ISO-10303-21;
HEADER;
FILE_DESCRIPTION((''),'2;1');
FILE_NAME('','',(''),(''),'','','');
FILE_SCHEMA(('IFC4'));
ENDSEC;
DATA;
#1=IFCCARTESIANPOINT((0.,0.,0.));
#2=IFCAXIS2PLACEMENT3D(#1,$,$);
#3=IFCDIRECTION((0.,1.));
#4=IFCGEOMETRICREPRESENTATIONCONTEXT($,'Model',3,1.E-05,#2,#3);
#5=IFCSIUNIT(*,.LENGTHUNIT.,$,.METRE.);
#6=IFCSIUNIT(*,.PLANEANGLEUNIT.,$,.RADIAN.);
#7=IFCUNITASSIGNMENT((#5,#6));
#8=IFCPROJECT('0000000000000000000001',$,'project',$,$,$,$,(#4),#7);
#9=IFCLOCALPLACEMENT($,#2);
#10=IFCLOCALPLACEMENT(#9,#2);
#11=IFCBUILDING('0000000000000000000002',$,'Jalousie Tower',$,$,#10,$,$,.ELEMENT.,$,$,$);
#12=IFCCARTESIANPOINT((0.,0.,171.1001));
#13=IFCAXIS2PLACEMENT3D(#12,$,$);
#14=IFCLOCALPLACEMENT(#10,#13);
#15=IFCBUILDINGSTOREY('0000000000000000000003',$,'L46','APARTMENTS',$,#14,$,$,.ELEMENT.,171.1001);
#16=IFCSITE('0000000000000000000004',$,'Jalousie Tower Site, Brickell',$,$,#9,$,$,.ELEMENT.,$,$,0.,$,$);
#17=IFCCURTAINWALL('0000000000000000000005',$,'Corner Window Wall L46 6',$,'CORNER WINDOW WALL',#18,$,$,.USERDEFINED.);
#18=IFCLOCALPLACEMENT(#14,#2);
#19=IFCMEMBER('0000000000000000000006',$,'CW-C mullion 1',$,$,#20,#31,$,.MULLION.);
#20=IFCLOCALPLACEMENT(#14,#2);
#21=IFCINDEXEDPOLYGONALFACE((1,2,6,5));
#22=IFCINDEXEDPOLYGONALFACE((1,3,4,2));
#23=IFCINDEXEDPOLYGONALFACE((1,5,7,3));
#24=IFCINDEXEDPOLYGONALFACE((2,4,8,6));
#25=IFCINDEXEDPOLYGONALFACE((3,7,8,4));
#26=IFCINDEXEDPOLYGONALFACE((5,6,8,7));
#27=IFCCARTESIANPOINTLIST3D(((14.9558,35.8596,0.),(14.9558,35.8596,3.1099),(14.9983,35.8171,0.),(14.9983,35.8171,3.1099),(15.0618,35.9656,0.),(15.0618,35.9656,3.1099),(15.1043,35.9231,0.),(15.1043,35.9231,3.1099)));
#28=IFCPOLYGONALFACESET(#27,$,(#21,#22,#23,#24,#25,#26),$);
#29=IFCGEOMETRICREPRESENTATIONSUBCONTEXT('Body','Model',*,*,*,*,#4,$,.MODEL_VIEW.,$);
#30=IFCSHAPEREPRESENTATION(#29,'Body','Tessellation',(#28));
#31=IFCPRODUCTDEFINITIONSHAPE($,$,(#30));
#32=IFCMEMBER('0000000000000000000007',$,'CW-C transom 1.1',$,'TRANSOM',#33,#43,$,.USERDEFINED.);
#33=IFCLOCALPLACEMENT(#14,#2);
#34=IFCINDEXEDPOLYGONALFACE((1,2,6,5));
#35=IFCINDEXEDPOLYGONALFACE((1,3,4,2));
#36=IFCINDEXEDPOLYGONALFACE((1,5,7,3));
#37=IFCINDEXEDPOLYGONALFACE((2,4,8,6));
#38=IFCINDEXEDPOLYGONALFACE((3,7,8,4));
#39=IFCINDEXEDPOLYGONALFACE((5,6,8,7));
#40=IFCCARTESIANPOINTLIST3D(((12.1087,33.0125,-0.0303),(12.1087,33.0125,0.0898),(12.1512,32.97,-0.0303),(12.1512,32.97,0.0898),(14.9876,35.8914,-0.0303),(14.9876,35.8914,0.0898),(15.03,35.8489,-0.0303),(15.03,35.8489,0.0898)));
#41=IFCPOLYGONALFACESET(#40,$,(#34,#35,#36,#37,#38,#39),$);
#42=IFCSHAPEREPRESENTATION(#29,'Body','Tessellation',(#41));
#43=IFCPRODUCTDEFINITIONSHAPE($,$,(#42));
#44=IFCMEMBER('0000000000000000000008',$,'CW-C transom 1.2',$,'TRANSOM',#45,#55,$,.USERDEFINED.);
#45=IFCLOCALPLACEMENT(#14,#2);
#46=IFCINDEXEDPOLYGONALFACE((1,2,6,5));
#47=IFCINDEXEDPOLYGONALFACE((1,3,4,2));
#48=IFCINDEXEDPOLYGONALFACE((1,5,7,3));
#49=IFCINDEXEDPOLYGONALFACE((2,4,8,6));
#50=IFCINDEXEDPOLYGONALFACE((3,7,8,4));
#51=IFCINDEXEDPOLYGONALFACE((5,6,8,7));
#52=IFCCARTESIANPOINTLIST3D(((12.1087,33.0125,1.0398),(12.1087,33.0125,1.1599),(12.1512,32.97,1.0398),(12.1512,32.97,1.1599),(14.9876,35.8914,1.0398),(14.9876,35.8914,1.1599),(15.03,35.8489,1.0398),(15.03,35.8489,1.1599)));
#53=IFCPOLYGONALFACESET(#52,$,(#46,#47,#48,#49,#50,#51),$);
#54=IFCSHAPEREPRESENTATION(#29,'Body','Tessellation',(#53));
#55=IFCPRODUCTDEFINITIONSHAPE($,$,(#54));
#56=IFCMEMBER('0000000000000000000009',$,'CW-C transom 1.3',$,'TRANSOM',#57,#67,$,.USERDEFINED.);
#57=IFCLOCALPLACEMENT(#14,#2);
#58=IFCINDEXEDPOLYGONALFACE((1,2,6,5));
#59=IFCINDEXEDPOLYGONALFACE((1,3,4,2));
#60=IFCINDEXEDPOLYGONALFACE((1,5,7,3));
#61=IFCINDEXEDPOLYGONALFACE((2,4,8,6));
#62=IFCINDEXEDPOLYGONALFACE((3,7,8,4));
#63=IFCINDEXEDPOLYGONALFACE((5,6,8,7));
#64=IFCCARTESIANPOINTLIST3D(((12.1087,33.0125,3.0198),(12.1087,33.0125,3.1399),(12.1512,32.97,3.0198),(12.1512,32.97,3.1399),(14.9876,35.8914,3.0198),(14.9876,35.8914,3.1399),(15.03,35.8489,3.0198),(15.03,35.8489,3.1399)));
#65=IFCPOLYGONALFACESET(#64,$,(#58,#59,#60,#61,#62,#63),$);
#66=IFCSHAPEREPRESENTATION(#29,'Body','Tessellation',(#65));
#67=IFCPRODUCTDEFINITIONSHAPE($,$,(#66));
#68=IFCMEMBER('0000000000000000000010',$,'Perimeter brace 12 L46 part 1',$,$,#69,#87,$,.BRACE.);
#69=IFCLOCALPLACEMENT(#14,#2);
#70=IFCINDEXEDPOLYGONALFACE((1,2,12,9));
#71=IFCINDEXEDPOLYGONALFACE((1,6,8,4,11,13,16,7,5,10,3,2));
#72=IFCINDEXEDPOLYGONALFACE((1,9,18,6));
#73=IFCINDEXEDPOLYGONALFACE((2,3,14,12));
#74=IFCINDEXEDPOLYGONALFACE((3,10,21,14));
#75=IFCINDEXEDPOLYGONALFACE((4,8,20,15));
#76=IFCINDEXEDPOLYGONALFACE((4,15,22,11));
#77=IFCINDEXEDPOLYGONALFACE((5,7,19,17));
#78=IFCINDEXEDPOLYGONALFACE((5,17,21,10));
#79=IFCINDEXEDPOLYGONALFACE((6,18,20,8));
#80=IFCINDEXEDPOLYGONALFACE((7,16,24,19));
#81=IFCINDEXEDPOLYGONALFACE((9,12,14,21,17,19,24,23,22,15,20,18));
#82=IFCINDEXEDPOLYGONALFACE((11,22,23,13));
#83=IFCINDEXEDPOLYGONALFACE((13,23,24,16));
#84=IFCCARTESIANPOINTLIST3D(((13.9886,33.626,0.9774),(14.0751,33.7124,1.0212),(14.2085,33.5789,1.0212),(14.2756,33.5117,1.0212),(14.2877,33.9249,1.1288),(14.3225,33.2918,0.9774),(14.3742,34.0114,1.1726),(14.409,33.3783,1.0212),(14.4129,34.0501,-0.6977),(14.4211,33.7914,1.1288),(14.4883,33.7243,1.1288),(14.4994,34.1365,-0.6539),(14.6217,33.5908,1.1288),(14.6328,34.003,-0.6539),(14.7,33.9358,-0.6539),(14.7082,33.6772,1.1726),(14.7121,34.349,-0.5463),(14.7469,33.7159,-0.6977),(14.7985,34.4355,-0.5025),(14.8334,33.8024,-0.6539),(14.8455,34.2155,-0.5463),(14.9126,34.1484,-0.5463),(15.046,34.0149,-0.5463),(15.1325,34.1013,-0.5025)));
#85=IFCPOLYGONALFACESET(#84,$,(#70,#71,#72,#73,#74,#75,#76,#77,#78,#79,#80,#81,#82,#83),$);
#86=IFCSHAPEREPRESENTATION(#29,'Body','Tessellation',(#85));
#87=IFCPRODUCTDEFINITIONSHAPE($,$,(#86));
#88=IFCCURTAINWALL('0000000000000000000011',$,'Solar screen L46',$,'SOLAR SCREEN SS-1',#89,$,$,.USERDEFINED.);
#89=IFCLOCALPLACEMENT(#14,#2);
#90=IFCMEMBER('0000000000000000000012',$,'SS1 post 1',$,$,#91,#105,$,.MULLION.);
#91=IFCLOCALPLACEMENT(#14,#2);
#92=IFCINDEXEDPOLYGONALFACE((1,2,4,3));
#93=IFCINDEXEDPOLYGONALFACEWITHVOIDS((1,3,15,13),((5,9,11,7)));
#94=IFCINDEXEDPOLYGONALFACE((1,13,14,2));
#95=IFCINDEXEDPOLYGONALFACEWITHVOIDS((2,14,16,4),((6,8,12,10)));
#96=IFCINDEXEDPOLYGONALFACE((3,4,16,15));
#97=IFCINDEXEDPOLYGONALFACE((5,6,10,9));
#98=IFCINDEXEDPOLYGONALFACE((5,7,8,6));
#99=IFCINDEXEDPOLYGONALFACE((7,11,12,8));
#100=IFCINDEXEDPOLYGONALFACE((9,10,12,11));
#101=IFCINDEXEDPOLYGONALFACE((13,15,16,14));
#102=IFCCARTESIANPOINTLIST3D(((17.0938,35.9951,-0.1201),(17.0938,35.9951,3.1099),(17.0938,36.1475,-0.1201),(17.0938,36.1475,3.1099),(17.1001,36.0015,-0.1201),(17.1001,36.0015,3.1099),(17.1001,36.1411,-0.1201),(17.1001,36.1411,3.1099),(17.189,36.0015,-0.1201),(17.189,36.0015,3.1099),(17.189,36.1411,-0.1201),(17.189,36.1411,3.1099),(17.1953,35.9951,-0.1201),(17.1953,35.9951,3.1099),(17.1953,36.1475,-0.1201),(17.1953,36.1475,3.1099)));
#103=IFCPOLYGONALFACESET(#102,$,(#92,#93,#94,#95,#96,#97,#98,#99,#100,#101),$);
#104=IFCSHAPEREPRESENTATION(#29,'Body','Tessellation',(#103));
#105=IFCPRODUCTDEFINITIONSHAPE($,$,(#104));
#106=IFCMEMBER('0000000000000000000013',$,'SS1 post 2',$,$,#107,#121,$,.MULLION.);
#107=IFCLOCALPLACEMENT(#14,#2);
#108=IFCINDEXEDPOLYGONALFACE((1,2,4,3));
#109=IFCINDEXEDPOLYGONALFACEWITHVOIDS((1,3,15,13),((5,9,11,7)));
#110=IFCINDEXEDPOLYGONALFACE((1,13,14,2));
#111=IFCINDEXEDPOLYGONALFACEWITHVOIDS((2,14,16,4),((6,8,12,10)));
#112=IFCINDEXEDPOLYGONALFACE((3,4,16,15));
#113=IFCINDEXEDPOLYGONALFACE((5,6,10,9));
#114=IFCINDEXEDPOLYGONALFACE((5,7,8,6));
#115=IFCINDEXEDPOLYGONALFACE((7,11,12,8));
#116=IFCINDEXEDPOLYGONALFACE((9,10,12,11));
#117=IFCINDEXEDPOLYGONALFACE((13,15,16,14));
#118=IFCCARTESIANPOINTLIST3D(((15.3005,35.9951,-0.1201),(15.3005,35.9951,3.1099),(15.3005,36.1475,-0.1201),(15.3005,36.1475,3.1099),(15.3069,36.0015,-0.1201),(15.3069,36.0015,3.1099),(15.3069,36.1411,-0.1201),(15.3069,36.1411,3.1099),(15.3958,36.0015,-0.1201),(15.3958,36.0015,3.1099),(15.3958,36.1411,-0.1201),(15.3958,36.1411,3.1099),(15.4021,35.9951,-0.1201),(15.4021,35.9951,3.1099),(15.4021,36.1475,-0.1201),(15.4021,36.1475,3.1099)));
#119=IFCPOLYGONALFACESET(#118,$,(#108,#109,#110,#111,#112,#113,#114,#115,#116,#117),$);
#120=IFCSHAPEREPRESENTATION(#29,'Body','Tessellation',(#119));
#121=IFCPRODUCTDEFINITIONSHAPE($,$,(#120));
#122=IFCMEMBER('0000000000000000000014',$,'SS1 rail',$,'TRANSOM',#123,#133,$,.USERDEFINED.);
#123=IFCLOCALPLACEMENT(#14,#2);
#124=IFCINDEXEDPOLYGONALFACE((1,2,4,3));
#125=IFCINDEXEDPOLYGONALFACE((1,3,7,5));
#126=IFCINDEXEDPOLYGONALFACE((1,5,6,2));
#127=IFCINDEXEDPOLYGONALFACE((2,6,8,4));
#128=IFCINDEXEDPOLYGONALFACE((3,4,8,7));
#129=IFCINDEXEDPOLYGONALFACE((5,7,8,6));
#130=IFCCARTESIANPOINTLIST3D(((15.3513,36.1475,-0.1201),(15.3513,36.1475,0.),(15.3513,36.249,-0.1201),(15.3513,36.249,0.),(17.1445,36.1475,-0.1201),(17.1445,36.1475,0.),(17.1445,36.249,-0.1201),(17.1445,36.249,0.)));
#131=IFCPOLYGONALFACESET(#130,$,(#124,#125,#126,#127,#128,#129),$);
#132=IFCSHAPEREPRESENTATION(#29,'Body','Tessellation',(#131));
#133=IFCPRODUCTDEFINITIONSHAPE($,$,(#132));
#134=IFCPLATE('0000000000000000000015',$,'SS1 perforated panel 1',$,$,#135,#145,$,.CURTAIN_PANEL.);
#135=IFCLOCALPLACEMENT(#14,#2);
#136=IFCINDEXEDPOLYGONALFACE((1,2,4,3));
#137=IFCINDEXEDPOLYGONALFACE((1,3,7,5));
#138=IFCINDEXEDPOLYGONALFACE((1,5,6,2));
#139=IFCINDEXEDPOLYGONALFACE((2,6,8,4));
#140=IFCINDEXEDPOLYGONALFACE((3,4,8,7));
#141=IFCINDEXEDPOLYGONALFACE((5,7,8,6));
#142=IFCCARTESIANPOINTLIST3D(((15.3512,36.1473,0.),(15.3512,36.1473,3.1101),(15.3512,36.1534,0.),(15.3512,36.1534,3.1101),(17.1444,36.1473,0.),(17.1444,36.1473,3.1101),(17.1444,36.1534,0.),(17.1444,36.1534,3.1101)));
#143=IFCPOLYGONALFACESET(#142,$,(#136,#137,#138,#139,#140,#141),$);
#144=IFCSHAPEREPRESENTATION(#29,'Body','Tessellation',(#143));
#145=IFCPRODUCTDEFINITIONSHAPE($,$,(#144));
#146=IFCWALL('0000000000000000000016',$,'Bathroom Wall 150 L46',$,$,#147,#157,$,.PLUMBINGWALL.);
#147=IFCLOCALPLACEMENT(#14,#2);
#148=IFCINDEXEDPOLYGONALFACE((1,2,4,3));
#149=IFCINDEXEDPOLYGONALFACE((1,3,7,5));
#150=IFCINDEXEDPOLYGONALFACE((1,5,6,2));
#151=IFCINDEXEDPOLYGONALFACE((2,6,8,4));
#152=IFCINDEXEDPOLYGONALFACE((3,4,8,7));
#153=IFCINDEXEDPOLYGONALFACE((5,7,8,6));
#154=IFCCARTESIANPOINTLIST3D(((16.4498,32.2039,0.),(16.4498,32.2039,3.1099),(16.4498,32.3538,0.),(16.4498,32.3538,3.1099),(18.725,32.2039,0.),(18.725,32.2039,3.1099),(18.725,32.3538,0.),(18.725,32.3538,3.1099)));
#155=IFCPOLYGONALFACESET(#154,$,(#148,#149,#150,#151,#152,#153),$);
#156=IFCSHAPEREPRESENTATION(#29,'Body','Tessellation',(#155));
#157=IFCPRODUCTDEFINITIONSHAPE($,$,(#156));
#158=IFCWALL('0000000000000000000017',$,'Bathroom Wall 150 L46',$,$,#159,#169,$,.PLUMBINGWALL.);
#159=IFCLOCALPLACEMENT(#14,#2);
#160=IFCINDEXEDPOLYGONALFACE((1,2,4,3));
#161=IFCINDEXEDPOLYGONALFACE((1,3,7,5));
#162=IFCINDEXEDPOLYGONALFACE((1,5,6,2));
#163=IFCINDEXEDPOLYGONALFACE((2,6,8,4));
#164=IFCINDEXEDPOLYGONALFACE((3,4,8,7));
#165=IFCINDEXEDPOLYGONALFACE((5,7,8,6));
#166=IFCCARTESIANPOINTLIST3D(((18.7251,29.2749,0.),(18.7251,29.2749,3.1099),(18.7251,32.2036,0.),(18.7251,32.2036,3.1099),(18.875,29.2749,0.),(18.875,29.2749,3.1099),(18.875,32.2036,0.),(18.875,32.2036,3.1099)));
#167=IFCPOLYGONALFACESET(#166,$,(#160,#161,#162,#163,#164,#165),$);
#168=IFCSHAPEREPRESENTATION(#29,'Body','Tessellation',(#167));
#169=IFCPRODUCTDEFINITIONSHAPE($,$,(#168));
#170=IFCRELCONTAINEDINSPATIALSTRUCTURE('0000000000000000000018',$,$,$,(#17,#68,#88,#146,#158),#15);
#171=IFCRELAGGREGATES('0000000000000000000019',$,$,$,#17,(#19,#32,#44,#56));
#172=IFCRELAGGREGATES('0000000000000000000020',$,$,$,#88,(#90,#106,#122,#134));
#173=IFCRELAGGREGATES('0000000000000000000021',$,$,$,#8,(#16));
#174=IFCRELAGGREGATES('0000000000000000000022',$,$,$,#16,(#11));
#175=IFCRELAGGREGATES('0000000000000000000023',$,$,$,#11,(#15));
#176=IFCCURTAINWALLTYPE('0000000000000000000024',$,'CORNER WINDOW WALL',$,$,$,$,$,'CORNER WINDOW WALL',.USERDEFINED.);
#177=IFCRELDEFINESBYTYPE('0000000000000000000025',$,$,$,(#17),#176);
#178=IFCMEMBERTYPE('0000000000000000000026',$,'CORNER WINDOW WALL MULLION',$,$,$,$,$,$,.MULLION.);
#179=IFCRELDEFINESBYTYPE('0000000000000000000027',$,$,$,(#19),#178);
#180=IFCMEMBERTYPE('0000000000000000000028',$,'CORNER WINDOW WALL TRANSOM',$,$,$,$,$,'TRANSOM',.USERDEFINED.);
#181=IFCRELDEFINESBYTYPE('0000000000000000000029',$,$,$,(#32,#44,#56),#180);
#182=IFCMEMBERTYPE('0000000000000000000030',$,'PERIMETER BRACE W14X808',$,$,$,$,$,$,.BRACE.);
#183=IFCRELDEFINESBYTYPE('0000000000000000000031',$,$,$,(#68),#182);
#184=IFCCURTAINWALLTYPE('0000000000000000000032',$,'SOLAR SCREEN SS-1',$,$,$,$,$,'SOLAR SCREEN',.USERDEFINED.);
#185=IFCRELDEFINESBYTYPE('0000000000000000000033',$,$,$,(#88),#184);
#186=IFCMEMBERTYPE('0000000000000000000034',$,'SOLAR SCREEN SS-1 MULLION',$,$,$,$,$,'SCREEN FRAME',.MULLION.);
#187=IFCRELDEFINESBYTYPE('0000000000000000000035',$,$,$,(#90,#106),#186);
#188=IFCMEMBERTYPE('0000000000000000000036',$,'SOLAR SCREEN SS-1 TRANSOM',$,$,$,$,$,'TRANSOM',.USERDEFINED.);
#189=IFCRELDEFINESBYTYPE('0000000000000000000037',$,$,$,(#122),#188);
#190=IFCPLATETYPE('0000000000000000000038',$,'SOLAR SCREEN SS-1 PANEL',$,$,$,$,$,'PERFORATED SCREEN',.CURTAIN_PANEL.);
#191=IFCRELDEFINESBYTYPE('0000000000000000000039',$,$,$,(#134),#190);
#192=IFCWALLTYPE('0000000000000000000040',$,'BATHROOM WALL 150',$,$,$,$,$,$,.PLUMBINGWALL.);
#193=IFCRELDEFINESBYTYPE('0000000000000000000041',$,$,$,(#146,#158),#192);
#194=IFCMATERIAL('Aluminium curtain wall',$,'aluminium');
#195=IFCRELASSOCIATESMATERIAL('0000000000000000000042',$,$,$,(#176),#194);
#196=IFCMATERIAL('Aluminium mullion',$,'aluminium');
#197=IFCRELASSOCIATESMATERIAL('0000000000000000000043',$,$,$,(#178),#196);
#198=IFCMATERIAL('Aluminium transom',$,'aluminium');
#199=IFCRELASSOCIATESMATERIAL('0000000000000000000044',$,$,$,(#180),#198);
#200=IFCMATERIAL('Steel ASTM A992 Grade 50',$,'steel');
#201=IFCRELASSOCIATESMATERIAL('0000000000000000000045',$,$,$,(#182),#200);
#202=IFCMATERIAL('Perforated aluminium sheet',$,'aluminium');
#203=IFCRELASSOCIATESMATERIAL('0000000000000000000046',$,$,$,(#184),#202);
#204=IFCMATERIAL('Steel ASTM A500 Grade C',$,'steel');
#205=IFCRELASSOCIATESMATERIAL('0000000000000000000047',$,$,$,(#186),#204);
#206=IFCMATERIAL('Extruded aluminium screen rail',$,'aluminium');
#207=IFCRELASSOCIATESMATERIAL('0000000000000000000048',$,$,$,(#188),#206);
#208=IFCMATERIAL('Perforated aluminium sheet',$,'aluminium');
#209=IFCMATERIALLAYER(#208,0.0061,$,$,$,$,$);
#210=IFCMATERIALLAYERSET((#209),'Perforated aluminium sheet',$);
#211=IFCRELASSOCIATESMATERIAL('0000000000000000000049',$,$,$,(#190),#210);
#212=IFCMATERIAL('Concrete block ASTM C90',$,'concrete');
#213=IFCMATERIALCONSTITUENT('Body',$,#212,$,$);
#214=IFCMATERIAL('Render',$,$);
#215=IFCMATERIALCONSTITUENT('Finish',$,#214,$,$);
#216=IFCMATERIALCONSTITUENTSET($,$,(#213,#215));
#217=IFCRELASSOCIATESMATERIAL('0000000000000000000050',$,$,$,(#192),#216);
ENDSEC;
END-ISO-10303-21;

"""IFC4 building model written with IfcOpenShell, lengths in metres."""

from ifc_helpers import new_model, si_unit, direction, frame, frame_2d, origin, origin_2d, place, context, subcontext, project, spatial, rectangle, hollow_rectangle, i_section, extrude, material, layer, layer_set, constituent, constituent_set, material_profile, profile_set, type_object, element, aggregate, save


model = new_model("IFC4")

# Units and contexts
model_context = context("Model", 3, precision=1e-05, world=origin(), true_north=direction((0.0, 1.0)))
body_context = subcontext(model_context, "Body", "Model", "MODEL_VIEW")
ifc_project = project(units=[si_unit("LENGTHUNIT", "METRE"), si_unit("PLANEANGLEUNIT", "RADIAN")], contexts=[model_context])

# Site, building, storey
site_placement = place(None, origin())
site = spatial("IfcSite", under=ifc_project, at=site_placement, Name="Jalousie Tower Site, Brickell", CompositionType="ELEMENT", RefElevation=0.0)
building_placement = place(site_placement, origin())
building = spatial("IfcBuilding", under=site, at=building_placement, Name="Jalousie Tower", CompositionType="ELEMENT")
storey_placement = place(building_placement, frame((0.0, 0.0, 171.1001)))
storey = spatial("IfcBuildingStorey", under=building, at=storey_placement, Name="L46", Description="APARTMENTS", CompositionType="ELEMENT", Elevation=171.1001)

# Curtain wall, members
ifc_material_1 = material(Name="Aluminium curtain wall", Category="aluminium")
curtain_wall_type_1 = type_object("IfcCurtainWallType", Name="CORNER WINDOW WALL", ElementType="CORNER WINDOW WALL", PredefinedType="USERDEFINED", material=ifc_material_1)
curtain_wall_1_placement = place(storey_placement, origin())
curtain_wall_1 = element("IfcCurtainWall", 1, at=curtain_wall_1_placement, inside=storey, type_object=curtain_wall_type_1, Name="Corner Window Wall L46 6", ObjectType="CORNER WINDOW WALL", PredefinedType="USERDEFINED")
ifc_material_2 = material(Name="Aluminium mullion", Category="aluminium")
ifc_material_profile_1 = material_profile(ifc_material_2, rectangle(XDim=0.0601, YDim=0.1499, at=origin_2d()), Name="MULLION 60x150")
ifc_profile_set_1 = profile_set([ifc_material_profile_1], Name="Aluminium mullion")
member_type_1 = type_object("IfcMemberType", Name="CORNER WINDOW WALL MULLION", PredefinedType="MULLION", material=ifc_profile_set_1)
member_1_placement = place(storey_placement, frame((15.03, 35.8914, 0.0), z_axis=(0.0, 0.0, 1.0), x_axis=(0.707107, -0.707107, 0.0)))
member_1 = element("IfcMember", 2, at=member_1_placement, type_object=member_type_1, Name="CW-C mullion 1", PredefinedType="MULLION", context=body_context, shape_type="SweptSolid", body=[
    extrude(rectangle(XDim=0.0601, YDim=0.1499, at=origin_2d()), origin(), (0.0, 0.0, 1.0), 3.1099),
])
ifc_material_3 = material(Name="Aluminium transom", Category="aluminium")
ifc_material_profile_2 = material_profile(ifc_material_3, rectangle(XDim=0.0601, YDim=0.1201, at=origin_2d()), Name="TRANSOM 60x120")
ifc_profile_set_2 = profile_set([ifc_material_profile_2], Name="Aluminium transom")
member_type_2 = type_object("IfcMemberType", Name="CORNER WINDOW WALL TRANSOM", ElementType="TRANSOM", PredefinedType="USERDEFINED", material=ifc_profile_set_2)
member_2_placement = place(storey_placement, frame((15.0088, 35.8701, 0.0298), z_axis=(-0.707107, -0.707107, 0.0), x_axis=(0.707107, -0.707107, 0.0)))
member_2 = element("IfcMember", 3, at=member_2_placement, type_object=member_type_2, Name="CW-C transom 1.1", ObjectType="TRANSOM", PredefinedType="USERDEFINED", context=body_context, shape_type="SweptSolid", body=[
    extrude(rectangle(XDim=0.0601, YDim=0.1201, at=origin_2d()), origin(), (0.0, 0.0, 1.0), 4.0713),
])
member_3_placement = place(storey_placement, frame((15.0088, 35.8701, 1.0999), z_axis=(-0.707107, -0.707107, 0.0), x_axis=(0.707107, -0.707107, 0.0)))
member_3 = element("IfcMember", 4, at=member_3_placement, type_object=member_type_2, Name="CW-C transom 1.2", ObjectType="TRANSOM", PredefinedType="USERDEFINED", context=body_context, shape_type="SweptSolid", body=[
    extrude(rectangle(XDim=0.0601, YDim=0.1201, at=origin_2d()), origin(), (0.0, 0.0, 1.0), 4.0713),
])
member_4_placement = place(storey_placement, frame((15.0088, 35.8701, 3.0798), z_axis=(-0.707107, -0.707107, 0.0), x_axis=(0.707107, -0.707107, 0.0)))
member_4 = element("IfcMember", 5, at=member_4_placement, type_object=member_type_2, Name="CW-C transom 1.3", ObjectType="TRANSOM", PredefinedType="USERDEFINED", context=body_context, shape_type="SweptSolid", body=[
    extrude(rectangle(XDim=0.0601, YDim=0.1201, at=origin_2d()), origin(), (0.0, 0.0, 1.0), 4.0713),
])
aggregate(curtain_wall_1, [member_1, member_2, member_3, member_4])

# Member
ifc_material_4 = material(Name="Steel ASTM A992 Grade 50", Category="steel")
ifc_material_profile_3 = material_profile(ifc_material_4, i_section(OverallWidth=0.4724, OverallDepth=0.5791, WebThickness=0.095, FlangeThickness=0.1299, at=origin_2d()), Name="W14X808")
ifc_profile_set_3 = profile_set([ifc_material_profile_3], Name="Steel ASTM A992 Grade 50")
member_type_3 = type_object("IfcMemberType", Name="PERIMETER BRACE W14X808", PredefinedType="BRACE", material=ifc_profile_set_3)
member_5_placement = place(storey_placement, frame((14.7727, 34.0757, -0.6001), z_axis=(-0.238483, -0.238346, 0.941444), x_axis=(0.706903, -0.70731, 0.0)))
element("IfcMember", 6, at=member_5_placement, inside=storey, type_object=member_type_3, Name="Perimeter brace 12 L46 part 1", PredefinedType="BRACE", context=body_context, shape_type="SweptSolid", body=[
    extrude(i_section(OverallWidth=0.4724, OverallDepth=0.5791, WebThickness=0.095, FlangeThickness=0.1299, at=origin_2d()), origin(), (0.0, 0.0, 1.0), 1.7793),
])

# Curtain wall, members, plate
ifc_material_5 = material(Name="Perforated aluminium sheet", Category="aluminium")
curtain_wall_type_2 = type_object("IfcCurtainWallType", Name="SOLAR SCREEN SS-1", ElementType="SOLAR SCREEN", PredefinedType="USERDEFINED", material=ifc_material_5)
curtain_wall_2_placement = place(storey_placement, origin())
curtain_wall_2 = element("IfcCurtainWall", 7, at=curtain_wall_2_placement, inside=storey, type_object=curtain_wall_type_2, Name="Solar screen L46", ObjectType="SOLAR SCREEN SS-1", PredefinedType="USERDEFINED")
ifc_material_6 = material(Name="Steel ASTM A500 Grade C", Category="steel")
ifc_material_profile_4 = material_profile(ifc_material_6, hollow_rectangle(XDim=0.1016, YDim=0.1523, WallThickness=0.0063, at=origin_2d()), Name="HSS6X4X1/4")
ifc_profile_set_4 = profile_set([ifc_material_profile_4], Name="Steel ASTM A500 Grade C")
member_type_4 = type_object("IfcMemberType", Name="SOLAR SCREEN SS-1 MULLION", ElementType="SCREEN FRAME", PredefinedType="MULLION", material=ifc_profile_set_4)
member_6_placement = place(storey_placement, frame((17.1445, 36.0713, -0.1201), z_axis=(0.0, 0.0, 1.0), x_axis=(-1.0, 0.0, 0.0)))
member_6 = element("IfcMember", 8, at=member_6_placement, type_object=member_type_4, Name="SS1 post 1", PredefinedType="MULLION", context=body_context, shape_type="SweptSolid", body=[
    extrude(hollow_rectangle(XDim=0.1016, YDim=0.1523, WallThickness=0.0063, at=origin_2d()), origin(), (0.0, 0.0, 1.0), 3.23),
])
member_7_placement = place(storey_placement, frame((15.3513, 36.0713, -0.1201), z_axis=(0.0, 0.0, 1.0), x_axis=(-1.0, 0.0, 0.0)))
member_7 = element("IfcMember", 9, at=member_7_placement, type_object=member_type_4, Name="SS1 post 2", PredefinedType="MULLION", context=body_context, shape_type="SweptSolid", body=[
    extrude(hollow_rectangle(XDim=0.1016, YDim=0.1523, WallThickness=0.0063, at=origin_2d()), origin(), (0.0, 0.0, 1.0), 3.23),
])
ifc_material_7 = material(Name="Extruded aluminium screen rail", Category="aluminium")
ifc_material_profile_5 = material_profile(ifc_material_7, rectangle(XDim=0.1016, YDim=0.1201, at=origin_2d()), Name="RAIL 102x120")
ifc_profile_set_5 = profile_set([ifc_material_profile_5], Name="Extruded aluminium screen rail")
member_type_5 = type_object("IfcMemberType", Name="SOLAR SCREEN SS-1 TRANSOM", ElementType="TRANSOM", PredefinedType="USERDEFINED", material=ifc_profile_set_5)
member_8_placement = place(storey_placement, frame((17.1445, 36.1982, -0.0601), z_axis=(-1.0, 0.0, 0.0), x_axis=(0.0, -1.0, 0.0)))
member_8 = element("IfcMember", 10, at=member_8_placement, type_object=member_type_5, Name="SS1 rail", ObjectType="TRANSOM", PredefinedType="USERDEFINED", context=body_context, shape_type="SweptSolid", body=[
    extrude(rectangle(XDim=0.1016, YDim=0.1201, at=origin_2d()), origin(), (0.0, 0.0, 1.0), 1.7932),
])
ifc_material_8 = material(Name="Perforated aluminium sheet", Category="aluminium")
ifc_layer = layer(ifc_material_8, 0.0061)
ifc_layer_set = layer_set([ifc_layer], Name="Perforated aluminium sheet")
plate_type = type_object("IfcPlateType", Name="SOLAR SCREEN SS-1 PANEL", ElementType="PERFORATED SCREEN", PredefinedType="CURTAIN_PANEL", material=ifc_layer_set)
plate_placement = place(storey_placement, frame((16.2478, 36.1504, 0.0), z_axis=(0.0, 0.0, 1.0), x_axis=(-1.0, 0.0, 0.0)))
plate = element("IfcPlate", 11, at=plate_placement, type_object=plate_type, Name="SS1 perforated panel 1", PredefinedType="CURTAIN_PANEL", context=body_context, shape_type="SweptSolid", body=[
    extrude(rectangle(XDim=1.7932, YDim=0.0061, at=origin_2d()), origin(), (0.0, 0.0, 1.0), 3.1101),
])
aggregate(curtain_wall_2, [member_6, member_7, member_8, plate])

# Walls
ifc_material_9 = material(Name="Concrete block ASTM C90", Category="concrete")
ifc_constituent_1 = constituent(ifc_material_9, Name="Body")
ifc_material_10 = material(Name="Render")
ifc_constituent_2 = constituent(ifc_material_10, Name="Finish")
ifc_constituent_set_1 = constituent_set(constituents=[ifc_constituent_1, ifc_constituent_2])
wall_type_1 = type_object("IfcWallType", Name="BATHROOM WALL 150", PredefinedType="PLUMBINGWALL", material=ifc_constituent_set_1)
wall_1_placement = place(storey_placement, frame((18.7251, 32.2788, 0.0), z_axis=(0.0, 0.0, 1.0), x_axis=(-1.0, 0.0, 0.0)))
element("IfcWall", 12, at=wall_1_placement, inside=storey, type_object=wall_type_1, Name="Bathroom Wall 150 L46", PredefinedType="PLUMBINGWALL", context=body_context, shape_type="SweptSolid", body=[
    extrude(rectangle(XDim=2.2751, YDim=0.1499, at=frame_2d((1.1377, 0.0))), origin(), (0.0, 0.0, 1.0), 3.1099),
])
wall_2_placement = place(storey_placement, frame((18.8, 32.2036, 0.0), z_axis=(0.0, 0.0, 1.0), x_axis=(0.0, -1.0, 0.0)))
element("IfcWall", 13, at=wall_2_placement, inside=storey, type_object=wall_type_1, Name="Bathroom Wall 150 L46", PredefinedType="PLUMBINGWALL", context=body_context, shape_type="SweptSolid", body=[
    extrude(rectangle(XDim=2.9287, YDim=0.1499, at=frame_2d((1.4644, 0.0))), origin(), (0.0, 0.0, 1.0), 3.1099),
])

save(model, "model.ifc")
